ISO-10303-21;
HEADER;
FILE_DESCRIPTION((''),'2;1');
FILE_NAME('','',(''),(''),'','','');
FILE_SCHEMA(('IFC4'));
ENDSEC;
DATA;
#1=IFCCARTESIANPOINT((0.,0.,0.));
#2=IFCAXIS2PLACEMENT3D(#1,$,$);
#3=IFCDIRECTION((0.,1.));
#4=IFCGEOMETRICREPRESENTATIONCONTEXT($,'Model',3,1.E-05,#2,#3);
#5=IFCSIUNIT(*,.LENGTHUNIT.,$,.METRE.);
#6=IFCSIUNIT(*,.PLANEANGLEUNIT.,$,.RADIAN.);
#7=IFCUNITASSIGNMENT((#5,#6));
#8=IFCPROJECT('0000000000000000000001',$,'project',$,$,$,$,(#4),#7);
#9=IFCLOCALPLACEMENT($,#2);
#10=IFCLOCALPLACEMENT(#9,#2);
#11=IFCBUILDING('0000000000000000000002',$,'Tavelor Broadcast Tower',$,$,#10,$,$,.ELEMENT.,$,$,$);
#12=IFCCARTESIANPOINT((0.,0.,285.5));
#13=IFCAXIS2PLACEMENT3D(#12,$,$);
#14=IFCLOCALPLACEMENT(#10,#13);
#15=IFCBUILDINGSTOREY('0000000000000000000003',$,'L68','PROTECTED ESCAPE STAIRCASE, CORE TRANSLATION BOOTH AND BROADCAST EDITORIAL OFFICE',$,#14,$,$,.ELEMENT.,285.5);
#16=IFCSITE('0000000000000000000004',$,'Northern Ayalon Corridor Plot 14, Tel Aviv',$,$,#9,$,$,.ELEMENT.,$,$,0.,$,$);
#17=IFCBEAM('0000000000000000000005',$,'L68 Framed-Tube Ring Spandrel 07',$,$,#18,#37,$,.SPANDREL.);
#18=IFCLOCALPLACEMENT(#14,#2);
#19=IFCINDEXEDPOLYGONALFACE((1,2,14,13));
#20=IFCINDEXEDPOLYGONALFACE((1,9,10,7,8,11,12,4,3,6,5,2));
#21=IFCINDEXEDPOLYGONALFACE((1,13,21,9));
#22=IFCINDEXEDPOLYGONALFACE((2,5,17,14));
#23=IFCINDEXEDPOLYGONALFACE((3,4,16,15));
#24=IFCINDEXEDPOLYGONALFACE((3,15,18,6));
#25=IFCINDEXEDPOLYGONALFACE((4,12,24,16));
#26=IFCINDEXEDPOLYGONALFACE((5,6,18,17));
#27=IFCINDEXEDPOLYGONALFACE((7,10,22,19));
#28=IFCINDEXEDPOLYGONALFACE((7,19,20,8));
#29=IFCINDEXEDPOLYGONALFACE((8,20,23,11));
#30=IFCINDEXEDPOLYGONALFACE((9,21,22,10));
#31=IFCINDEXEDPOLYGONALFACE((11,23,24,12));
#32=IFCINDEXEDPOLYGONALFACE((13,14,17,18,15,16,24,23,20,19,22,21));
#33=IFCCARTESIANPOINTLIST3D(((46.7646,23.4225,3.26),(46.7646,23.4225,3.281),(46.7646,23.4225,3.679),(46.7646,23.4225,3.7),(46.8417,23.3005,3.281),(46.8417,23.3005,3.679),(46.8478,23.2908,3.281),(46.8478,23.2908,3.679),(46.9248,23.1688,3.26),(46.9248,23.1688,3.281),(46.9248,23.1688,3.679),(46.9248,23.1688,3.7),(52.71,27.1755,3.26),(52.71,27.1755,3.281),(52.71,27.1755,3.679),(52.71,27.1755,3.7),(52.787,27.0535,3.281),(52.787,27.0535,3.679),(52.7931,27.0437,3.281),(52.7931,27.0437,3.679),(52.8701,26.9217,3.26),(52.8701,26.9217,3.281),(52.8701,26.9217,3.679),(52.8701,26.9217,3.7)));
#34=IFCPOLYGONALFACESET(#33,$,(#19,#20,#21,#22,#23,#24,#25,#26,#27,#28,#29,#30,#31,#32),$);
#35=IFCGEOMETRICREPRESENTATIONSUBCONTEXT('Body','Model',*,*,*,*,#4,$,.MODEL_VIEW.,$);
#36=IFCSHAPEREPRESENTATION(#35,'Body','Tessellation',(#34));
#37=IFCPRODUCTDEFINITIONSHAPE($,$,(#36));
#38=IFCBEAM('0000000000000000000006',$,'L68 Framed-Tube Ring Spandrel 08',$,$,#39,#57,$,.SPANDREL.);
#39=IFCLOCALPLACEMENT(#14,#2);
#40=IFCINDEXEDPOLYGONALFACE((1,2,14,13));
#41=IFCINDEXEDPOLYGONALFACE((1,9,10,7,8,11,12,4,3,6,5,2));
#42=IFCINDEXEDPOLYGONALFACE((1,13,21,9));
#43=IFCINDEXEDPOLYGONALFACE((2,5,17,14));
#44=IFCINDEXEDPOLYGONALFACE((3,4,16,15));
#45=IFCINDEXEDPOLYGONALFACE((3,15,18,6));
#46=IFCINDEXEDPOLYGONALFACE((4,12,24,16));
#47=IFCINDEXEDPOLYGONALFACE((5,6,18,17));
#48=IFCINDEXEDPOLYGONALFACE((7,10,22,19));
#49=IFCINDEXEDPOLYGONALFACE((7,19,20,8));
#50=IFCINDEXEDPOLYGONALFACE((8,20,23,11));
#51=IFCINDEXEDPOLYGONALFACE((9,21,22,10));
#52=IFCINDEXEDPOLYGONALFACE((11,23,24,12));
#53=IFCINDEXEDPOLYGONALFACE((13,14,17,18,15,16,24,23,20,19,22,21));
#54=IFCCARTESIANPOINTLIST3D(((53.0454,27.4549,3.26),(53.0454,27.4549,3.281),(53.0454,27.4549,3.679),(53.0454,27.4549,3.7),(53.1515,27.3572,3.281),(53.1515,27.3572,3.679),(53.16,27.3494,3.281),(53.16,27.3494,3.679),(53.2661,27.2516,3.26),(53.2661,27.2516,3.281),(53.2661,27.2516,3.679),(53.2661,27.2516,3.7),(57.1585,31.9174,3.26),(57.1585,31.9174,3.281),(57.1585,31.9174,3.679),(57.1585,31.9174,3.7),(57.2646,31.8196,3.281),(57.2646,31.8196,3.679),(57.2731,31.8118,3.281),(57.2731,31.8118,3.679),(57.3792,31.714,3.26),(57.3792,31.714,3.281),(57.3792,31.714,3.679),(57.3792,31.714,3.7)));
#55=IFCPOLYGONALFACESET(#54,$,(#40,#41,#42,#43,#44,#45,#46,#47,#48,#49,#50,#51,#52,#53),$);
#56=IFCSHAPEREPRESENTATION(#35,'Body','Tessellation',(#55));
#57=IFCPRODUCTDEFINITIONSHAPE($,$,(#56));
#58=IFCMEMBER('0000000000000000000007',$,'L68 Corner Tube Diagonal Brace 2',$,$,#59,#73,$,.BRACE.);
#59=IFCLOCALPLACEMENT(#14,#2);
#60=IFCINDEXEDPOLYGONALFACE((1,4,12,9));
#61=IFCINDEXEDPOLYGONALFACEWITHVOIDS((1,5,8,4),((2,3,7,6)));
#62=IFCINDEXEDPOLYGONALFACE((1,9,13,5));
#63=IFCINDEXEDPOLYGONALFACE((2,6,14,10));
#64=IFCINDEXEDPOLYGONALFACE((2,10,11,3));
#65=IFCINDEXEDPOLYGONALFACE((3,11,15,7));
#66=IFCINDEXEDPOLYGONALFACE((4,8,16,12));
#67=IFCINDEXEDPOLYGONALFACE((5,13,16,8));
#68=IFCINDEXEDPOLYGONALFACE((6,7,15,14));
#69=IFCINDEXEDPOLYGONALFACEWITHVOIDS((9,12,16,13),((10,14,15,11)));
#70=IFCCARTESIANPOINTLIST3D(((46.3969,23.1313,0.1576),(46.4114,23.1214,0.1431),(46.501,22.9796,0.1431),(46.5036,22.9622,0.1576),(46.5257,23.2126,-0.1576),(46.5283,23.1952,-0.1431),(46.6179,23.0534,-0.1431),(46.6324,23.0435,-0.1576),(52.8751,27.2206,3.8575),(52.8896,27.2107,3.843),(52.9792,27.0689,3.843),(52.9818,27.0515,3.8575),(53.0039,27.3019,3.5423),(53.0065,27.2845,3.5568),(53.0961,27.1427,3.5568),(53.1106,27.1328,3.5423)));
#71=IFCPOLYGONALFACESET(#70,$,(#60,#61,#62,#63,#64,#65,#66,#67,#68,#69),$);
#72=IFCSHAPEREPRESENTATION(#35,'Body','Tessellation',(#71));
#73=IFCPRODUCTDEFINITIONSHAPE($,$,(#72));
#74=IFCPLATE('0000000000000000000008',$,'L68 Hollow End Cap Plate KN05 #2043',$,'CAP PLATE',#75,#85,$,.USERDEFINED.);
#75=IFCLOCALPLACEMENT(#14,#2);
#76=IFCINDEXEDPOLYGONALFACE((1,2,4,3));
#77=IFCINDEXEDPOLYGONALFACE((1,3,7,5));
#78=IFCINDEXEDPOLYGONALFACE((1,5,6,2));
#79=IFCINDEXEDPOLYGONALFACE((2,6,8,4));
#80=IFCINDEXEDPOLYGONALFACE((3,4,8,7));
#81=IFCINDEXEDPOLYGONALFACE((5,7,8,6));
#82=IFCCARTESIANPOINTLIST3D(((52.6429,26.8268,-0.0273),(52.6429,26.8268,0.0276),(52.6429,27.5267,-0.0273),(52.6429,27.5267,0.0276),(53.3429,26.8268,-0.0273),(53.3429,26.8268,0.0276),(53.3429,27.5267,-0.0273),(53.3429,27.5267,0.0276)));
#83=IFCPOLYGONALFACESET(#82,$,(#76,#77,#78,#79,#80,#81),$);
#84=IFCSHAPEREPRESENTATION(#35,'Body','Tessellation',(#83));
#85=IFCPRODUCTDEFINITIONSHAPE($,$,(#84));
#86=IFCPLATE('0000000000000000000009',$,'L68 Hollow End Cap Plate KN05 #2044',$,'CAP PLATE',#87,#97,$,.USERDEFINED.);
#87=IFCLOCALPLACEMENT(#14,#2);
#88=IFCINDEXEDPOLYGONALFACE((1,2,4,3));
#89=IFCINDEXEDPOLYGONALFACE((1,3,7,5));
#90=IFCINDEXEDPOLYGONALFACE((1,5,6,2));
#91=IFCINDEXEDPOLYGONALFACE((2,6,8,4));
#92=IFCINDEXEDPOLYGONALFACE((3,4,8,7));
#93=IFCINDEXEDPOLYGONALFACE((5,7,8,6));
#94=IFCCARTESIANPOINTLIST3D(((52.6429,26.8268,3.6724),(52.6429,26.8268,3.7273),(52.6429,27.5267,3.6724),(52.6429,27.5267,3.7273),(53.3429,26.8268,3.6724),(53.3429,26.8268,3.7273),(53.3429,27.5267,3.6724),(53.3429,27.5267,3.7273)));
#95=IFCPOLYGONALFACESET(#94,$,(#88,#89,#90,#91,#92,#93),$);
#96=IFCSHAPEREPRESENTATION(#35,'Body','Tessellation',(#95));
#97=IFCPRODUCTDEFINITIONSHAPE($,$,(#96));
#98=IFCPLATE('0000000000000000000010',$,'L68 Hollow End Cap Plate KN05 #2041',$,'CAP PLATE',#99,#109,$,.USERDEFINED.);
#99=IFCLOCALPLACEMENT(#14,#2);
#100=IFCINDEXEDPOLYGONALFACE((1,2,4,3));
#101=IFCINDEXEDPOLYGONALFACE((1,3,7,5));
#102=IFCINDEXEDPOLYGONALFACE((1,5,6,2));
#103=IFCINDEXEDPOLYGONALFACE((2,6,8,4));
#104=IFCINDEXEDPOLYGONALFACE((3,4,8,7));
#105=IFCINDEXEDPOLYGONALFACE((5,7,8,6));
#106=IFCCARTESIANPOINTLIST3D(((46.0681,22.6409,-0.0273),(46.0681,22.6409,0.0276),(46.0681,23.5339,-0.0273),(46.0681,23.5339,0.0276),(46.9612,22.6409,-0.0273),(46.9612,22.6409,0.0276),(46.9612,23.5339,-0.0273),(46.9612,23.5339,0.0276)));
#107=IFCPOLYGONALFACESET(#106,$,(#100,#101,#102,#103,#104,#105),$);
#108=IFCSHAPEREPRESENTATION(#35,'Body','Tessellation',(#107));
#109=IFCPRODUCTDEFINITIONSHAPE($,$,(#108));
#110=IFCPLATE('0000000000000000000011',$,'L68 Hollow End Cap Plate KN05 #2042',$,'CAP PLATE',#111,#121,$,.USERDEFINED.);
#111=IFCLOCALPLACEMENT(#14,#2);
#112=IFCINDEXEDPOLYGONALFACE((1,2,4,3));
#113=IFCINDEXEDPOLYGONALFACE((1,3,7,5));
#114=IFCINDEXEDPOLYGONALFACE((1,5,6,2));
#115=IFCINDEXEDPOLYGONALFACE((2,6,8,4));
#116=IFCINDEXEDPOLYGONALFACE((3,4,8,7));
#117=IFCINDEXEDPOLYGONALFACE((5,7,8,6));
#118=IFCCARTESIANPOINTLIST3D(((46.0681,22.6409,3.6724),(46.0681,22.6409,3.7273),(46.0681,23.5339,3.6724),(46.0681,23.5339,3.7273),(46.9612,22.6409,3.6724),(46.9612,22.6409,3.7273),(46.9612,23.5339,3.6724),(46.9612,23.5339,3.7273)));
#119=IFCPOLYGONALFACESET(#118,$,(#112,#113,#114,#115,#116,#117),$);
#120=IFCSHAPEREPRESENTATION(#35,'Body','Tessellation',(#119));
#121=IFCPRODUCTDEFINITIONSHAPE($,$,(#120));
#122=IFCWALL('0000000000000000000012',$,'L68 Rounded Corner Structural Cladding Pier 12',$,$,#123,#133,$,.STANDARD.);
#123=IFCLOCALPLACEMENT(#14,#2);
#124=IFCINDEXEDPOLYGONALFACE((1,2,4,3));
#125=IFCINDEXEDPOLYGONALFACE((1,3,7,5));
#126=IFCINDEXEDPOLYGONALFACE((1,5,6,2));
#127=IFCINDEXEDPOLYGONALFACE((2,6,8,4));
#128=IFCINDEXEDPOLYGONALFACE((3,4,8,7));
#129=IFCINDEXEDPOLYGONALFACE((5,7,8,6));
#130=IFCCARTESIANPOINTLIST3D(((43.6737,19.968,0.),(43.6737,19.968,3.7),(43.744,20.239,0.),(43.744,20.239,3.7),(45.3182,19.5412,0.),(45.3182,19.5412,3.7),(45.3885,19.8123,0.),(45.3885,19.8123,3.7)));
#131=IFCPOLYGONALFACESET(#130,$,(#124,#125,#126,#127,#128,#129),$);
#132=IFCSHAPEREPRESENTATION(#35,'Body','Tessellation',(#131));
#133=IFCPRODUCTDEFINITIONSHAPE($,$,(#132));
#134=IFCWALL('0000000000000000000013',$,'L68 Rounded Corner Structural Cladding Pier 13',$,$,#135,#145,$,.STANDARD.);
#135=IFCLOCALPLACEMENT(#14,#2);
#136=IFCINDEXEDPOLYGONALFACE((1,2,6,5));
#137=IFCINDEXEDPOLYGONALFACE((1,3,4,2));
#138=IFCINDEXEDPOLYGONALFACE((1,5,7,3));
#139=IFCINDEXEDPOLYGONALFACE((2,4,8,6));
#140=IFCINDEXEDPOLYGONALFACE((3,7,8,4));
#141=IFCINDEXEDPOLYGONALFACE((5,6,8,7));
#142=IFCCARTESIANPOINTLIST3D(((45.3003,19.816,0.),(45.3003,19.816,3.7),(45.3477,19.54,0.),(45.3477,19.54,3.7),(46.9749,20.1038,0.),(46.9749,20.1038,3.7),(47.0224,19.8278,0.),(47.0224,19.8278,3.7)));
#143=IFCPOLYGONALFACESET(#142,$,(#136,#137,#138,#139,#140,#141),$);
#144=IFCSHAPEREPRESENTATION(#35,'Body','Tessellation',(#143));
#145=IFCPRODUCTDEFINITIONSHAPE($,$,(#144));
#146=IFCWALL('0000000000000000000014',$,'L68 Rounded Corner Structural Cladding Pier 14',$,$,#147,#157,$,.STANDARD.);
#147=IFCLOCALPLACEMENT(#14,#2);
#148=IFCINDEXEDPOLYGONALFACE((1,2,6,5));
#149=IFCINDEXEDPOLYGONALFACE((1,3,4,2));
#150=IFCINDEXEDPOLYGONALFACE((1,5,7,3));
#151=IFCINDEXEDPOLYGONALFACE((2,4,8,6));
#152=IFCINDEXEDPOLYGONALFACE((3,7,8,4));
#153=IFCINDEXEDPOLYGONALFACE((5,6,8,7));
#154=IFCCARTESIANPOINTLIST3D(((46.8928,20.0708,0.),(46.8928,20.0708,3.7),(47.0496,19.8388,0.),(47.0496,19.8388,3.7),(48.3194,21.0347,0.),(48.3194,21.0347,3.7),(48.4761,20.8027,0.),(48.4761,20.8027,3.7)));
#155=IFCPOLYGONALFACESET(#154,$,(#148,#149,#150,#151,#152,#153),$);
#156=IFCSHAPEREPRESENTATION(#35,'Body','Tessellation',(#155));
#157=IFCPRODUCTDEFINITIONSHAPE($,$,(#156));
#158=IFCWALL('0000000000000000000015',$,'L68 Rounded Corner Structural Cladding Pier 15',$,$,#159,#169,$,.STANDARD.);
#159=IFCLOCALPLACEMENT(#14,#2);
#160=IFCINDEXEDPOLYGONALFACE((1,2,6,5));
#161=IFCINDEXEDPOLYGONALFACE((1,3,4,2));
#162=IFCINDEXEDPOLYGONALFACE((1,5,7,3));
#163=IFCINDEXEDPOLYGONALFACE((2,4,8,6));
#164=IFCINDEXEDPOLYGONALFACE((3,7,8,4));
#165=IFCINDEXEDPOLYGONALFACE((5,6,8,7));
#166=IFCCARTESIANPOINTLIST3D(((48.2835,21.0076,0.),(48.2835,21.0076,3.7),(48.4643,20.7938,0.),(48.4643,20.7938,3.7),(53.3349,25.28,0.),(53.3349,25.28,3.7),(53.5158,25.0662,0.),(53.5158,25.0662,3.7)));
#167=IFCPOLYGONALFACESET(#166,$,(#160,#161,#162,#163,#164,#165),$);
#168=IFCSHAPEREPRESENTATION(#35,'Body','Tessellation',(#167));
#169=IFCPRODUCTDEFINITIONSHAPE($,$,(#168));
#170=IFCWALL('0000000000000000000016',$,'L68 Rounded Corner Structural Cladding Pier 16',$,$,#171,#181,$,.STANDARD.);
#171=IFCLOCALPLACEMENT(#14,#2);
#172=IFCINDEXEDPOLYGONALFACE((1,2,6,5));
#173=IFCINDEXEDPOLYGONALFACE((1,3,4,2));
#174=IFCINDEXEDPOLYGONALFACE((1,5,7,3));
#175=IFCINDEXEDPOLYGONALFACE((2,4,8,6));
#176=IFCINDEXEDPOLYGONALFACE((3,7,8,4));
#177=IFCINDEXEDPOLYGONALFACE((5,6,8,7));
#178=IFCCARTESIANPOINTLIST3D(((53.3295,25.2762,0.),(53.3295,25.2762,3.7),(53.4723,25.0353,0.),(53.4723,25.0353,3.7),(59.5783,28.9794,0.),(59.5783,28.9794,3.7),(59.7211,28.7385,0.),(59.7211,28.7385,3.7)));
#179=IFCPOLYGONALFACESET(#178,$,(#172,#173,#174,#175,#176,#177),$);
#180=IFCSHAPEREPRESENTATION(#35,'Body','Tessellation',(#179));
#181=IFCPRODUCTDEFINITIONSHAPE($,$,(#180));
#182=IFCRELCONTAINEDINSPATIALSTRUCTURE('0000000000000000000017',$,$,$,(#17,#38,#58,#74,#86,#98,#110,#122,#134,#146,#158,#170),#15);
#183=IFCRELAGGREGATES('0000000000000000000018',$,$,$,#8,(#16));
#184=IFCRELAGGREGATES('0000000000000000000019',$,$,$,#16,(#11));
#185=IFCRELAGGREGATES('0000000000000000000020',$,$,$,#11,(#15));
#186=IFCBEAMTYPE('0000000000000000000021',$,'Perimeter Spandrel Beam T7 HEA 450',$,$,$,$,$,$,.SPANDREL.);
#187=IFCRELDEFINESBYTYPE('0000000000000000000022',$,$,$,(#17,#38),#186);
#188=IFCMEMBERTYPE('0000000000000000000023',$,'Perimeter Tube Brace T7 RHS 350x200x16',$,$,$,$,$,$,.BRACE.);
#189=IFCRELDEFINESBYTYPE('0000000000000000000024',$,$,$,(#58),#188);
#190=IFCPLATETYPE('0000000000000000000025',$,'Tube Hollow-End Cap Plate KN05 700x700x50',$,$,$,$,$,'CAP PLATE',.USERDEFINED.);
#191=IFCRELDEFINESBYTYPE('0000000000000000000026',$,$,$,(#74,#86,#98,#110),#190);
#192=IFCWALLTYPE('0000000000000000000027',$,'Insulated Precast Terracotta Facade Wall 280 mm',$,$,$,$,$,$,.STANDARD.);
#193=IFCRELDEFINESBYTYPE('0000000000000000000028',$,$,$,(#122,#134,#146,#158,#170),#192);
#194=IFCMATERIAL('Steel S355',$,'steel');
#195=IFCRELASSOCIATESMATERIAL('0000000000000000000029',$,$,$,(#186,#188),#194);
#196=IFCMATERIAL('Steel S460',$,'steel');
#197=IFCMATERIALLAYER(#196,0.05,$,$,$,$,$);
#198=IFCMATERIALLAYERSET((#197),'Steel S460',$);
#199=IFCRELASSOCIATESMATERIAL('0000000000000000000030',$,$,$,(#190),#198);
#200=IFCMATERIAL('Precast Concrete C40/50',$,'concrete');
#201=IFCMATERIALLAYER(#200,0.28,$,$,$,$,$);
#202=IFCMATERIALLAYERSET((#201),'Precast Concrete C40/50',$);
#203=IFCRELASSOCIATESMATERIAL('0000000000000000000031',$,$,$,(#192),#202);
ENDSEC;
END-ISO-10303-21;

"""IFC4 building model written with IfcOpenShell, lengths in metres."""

from ifc_helpers import new_model, si_unit, direction, frame, frame_2d, origin, origin_2d, place, context, subcontext, project, spatial, rectangle, hollow_rectangle, i_section, extrude, source, transform, mapped, material, layer, layer_set, material_profile, profile_set, type_object, type_shapes, element, save


model = new_model("IFC4")

# Units and contexts
model_context = context("Model", 3, precision=1e-05, world=origin(), true_north=direction((0.0, 1.0)))
body_context = subcontext(model_context, "Body", "Model", "MODEL_VIEW")
ifc_project = project(units=[si_unit("LENGTHUNIT", "METRE"), si_unit("PLANEANGLEUNIT", "RADIAN")], contexts=[model_context])

# Site, building, storey
site_placement = place(None, origin())
site = spatial("IfcSite", under=ifc_project, at=site_placement, Name="Northern Ayalon Corridor Plot 14, Tel Aviv", CompositionType="ELEMENT", RefElevation=0.0)
building_placement = place(site_placement, origin())
building = spatial("IfcBuilding", under=site, at=building_placement, Name="Tavelor Broadcast Tower", CompositionType="ELEMENT")
storey_placement = place(building_placement, frame((0.0, 0.0, 285.5)))
storey = spatial("IfcBuildingStorey", under=building, at=storey_placement, Name="L68", Description="PROTECTED ESCAPE STAIRCASE, CORE TRANSLATION BOOTH AND BROADCAST EDITORIAL OFFICE", CompositionType="ELEMENT", Elevation=285.5)

# Shared definitions
ifc_material_1 = material(Name="Steel S460", Category="steel")

# Beams
ifc_material_2 = material(Name="Steel S355", Category="steel")
ifc_material_profile_1 = material_profile(ifc_material_2, i_section(OverallWidth=0.3, OverallDepth=0.4399, WebThickness=0.0115, FlangeThickness=0.021, at=origin_2d()), Name="HEA 450")
ifc_profile_set_1 = profile_set([ifc_material_profile_1], Name="Steel S355")
beam_type_1 = type_object("IfcBeamType", Name="Perimeter Spandrel Beam T7 HEA 450", PredefinedType="SPANDREL", material=ifc_profile_set_1)
beam_1_placement = place(storey_placement, frame((46.8447, 23.2957, 3.48), z_axis=(0.845618, 0.533789, 0.0), x_axis=(-0.533789, 0.845618, 0.0)))
element("IfcBeam", 1, at=beam_1_placement, inside=storey, type_object=beam_type_1, Name="L68 Framed-Tube Ring Spandrel 07", PredefinedType="SPANDREL", context=body_context, shape_type="SweptSolid", body=[
    extrude(i_section(OverallWidth=0.3, OverallDepth=0.4399, WebThickness=0.0115, FlangeThickness=0.021, at=origin_2d()), origin(), (0.0, 0.0, 1.0), 7.0308),
])
beam_2_placement = place(storey_placement, frame((53.1558, 27.3533, 3.48), z_axis=(0.677737, 0.735304, 0.0), x_axis=(-0.735304, 0.677737, 0.0)))
element("IfcBeam", 2, at=beam_2_placement, inside=storey, type_object=beam_type_1, Name="L68 Framed-Tube Ring Spandrel 08", PredefinedType="SPANDREL", context=body_context, shape_type="SweptSolid", body=[
    extrude(i_section(OverallWidth=0.3, OverallDepth=0.4399, WebThickness=0.0115, FlangeThickness=0.021, at=origin_2d()), origin(), (0.0, 0.0, 1.0), 6.0688),
])

# Member
ifc_material_profile_2 = material_profile(ifc_material_2, hollow_rectangle(XDim=0.2, YDim=0.3501, WallThickness=0.0161, at=origin_2d()), Name="RHS 350x200x16")
ifc_profile_set_2 = profile_set([ifc_material_profile_2], Name="Steel S355")
member_type = type_object("IfcMemberType", Name="Perimeter Tube Brace T7 RHS 350x200x16", PredefinedType="BRACE", material=ifc_profile_set_2)
member_placement = place(storey_placement, frame((46.5146, 23.0874, 0.0), z_axis=(0.761462, 0.480667, 0.434896), x_axis=(-0.533789, 0.845618, 0.0)))
element("IfcMember", 3, at=member_placement, inside=storey, type_object=member_type, Name="L68 Corner Tube Diagonal Brace 2", PredefinedType="BRACE", context=body_context, shape_type="SweptSolid", body=[
    extrude(hollow_rectangle(XDim=0.2, YDim=0.3501, WallThickness=0.0161, at=origin_2d()), origin(), (0.0, 0.0, 1.0), 8.5076),
])

# Plates
ifc_layer_1 = layer(ifc_material_1, 0.05)
ifc_layer_set_1 = layer_set([ifc_layer_1], Name="Steel S460")
plate_type = type_object("IfcPlateType", Name="Tube Hollow-End Cap Plate KN05 700x700x50", ElementType="CAP PLATE", PredefinedType="USERDEFINED", material=ifc_layer_set_1)
shared_shape_1 = source(origin(), body_context, "Body", "SweptSolid", [
    extrude(rectangle(XDim=0.7, YDim=0.7, at=origin_2d()), origin(), (0.0, 0.0, 1.0), 0.0549),
])
for number, where, z_axis, x_axis, name in (
    (4, (52.9929, 27.1768, -0.0273), (0.0, 0.0, 1.0), (1.0, 0.0, 0.0), "L68 Hollow End Cap Plate KN05 #2043"),
    (5, (52.9929, 27.1768, 3.6724), (0.0, 0.0, 1.0), (1.0, 0.0, 0.0), "L68 Hollow End Cap Plate KN05 #2044"),
):
    element("IfcPlate", number, at=place(storey_placement, frame(where, z_axis=z_axis, x_axis=x_axis)), inside=storey, type_object=plate_type, Name=name, ObjectType="CAP PLATE", PredefinedType="USERDEFINED", context=body_context, shape_type="MappedRepresentation", body=[
        mapped(shared_shape_1, transform((0.0, 0.0, 0.0), scale=1.0)),
    ])
shared_shape_2 = source(origin(), body_context, "Body", "SweptSolid", [
    extrude(rectangle(XDim=0.8931, YDim=0.8931, at=origin_2d()), origin(), (0.0, 0.0, 1.0), 0.0549),
])
type_shapes(plate_type, [shared_shape_1, shared_shape_2])
for number, where, z_axis, x_axis, name in (
    (6, (46.5146, 23.0874, -0.0273), (0.0, 0.0, 1.0), (1.0, 0.0, 0.0), "L68 Hollow End Cap Plate KN05 #2041"),
    (7, (46.5146, 23.0874, 3.6724), (0.0, 0.0, 1.0), (1.0, 0.0, 0.0), "L68 Hollow End Cap Plate KN05 #2042"),
):
    element("IfcPlate", number, at=place(storey_placement, frame(where, z_axis=z_axis, x_axis=x_axis)), inside=storey, type_object=plate_type, Name=name, ObjectType="CAP PLATE", PredefinedType="USERDEFINED", context=body_context, shape_type="MappedRepresentation", body=[
        mapped(shared_shape_2, transform((0.0, 0.0, 0.0), scale=1.0)),
    ])

# Walls
ifc_material_3 = material(Name="Precast Concrete C40/50", Category="concrete")
ifc_layer_2 = layer(ifc_material_3, 0.28)
ifc_layer_set_2 = layer_set([ifc_layer_2], Name="Precast Concrete C40/50")
wall_type_1 = type_object("IfcWallType", Name="Insulated Precast Terracotta Facade Wall 280 mm", PredefinedType="STANDARD", material=ifc_layer_set_2)
wall_1_placement = place(storey_placement, frame((43.7087, 20.1035, 0.0), z_axis=(0.0, 0.0, 1.0), x_axis=(0.96794, -0.251182, 0.0)))
element("IfcWall", 8, at=wall_1_placement, inside=storey, type_object=wall_type_1, Name="L68 Rounded Corner Structural Cladding Pier 12", PredefinedType="STANDARD", context=body_context, shape_type="SweptSolid", body=[
    extrude(rectangle(XDim=1.699, YDim=0.28, at=frame_2d((0.8496, 0.0))), origin(), (0.0, 0.0, 1.0), 3.7),
])
wall_2_placement = place(storey_placement, frame((45.324, 19.678, 0.0), z_axis=(0.0, 0.0, 1.0), x_axis=(0.985546, 0.169406, 0.0)))
element("IfcWall", 9, at=wall_2_placement, inside=storey, type_object=wall_type_1, Name="L68 Rounded Corner Structural Cladding Pier 13", PredefinedType="STANDARD", context=body_context, shape_type="SweptSolid", body=[
    extrude(rectangle(XDim=1.6992, YDim=0.28, at=frame_2d((0.8496, 0.0))), origin(), (0.0, 0.0, 1.0), 3.7),
])
wall_3_placement = place(storey_placement, frame((46.9712, 19.9548, 0.0), z_axis=(0.0, 0.0, 1.0), x_axis=(0.828587, 0.55986, 0.0)))
element("IfcWall", 10, at=wall_3_placement, inside=storey, type_object=wall_type_1, Name="L68 Rounded Corner Structural Cladding Pier 14", PredefinedType="STANDARD", context=body_context, shape_type="SweptSolid", body=[
    extrude(rectangle(XDim=1.7217, YDim=0.28, at=frame_2d((0.8608, 0.0))), origin(), (0.0, 0.0, 1.0), 3.7),
])
wall_4_placement = place(storey_placement, frame((48.3738, 20.9006, 0.0), z_axis=(0.0, 0.0, 1.0), x_axis=(0.763528, 0.645775, 0.0)))
element("IfcWall", 11, at=wall_4_placement, inside=storey, type_object=wall_type_1, Name="L68 Rounded Corner Structural Cladding Pier 15", PredefinedType="STANDARD", context=body_context, shape_type="SweptSolid", body=[
    extrude(rectangle(XDim=6.616, YDim=0.28, at=frame_2d((3.3081, 0.0))), origin(), (0.0, 0.0, 1.0), 3.7),
])
wall_5_placement = place(storey_placement, frame((53.4009, 25.1558, 0.0), z_axis=(0.0, 0.0, 1.0), x_axis=(0.860283, 0.509817, 0.0)))
element("IfcWall", 12, at=wall_5_placement, inside=storey, type_object=wall_type_1, Name="L68 Rounded Corner Structural Cladding Pier 16", PredefinedType="STANDARD", context=body_context, shape_type="SweptSolid", body=[
    extrude(rectangle(XDim=7.2637, YDim=0.28, at=frame_2d((3.6318, 0.0))), origin(), (0.0, 0.0, 1.0), 3.7),
])

save(model, "model.ifc")
